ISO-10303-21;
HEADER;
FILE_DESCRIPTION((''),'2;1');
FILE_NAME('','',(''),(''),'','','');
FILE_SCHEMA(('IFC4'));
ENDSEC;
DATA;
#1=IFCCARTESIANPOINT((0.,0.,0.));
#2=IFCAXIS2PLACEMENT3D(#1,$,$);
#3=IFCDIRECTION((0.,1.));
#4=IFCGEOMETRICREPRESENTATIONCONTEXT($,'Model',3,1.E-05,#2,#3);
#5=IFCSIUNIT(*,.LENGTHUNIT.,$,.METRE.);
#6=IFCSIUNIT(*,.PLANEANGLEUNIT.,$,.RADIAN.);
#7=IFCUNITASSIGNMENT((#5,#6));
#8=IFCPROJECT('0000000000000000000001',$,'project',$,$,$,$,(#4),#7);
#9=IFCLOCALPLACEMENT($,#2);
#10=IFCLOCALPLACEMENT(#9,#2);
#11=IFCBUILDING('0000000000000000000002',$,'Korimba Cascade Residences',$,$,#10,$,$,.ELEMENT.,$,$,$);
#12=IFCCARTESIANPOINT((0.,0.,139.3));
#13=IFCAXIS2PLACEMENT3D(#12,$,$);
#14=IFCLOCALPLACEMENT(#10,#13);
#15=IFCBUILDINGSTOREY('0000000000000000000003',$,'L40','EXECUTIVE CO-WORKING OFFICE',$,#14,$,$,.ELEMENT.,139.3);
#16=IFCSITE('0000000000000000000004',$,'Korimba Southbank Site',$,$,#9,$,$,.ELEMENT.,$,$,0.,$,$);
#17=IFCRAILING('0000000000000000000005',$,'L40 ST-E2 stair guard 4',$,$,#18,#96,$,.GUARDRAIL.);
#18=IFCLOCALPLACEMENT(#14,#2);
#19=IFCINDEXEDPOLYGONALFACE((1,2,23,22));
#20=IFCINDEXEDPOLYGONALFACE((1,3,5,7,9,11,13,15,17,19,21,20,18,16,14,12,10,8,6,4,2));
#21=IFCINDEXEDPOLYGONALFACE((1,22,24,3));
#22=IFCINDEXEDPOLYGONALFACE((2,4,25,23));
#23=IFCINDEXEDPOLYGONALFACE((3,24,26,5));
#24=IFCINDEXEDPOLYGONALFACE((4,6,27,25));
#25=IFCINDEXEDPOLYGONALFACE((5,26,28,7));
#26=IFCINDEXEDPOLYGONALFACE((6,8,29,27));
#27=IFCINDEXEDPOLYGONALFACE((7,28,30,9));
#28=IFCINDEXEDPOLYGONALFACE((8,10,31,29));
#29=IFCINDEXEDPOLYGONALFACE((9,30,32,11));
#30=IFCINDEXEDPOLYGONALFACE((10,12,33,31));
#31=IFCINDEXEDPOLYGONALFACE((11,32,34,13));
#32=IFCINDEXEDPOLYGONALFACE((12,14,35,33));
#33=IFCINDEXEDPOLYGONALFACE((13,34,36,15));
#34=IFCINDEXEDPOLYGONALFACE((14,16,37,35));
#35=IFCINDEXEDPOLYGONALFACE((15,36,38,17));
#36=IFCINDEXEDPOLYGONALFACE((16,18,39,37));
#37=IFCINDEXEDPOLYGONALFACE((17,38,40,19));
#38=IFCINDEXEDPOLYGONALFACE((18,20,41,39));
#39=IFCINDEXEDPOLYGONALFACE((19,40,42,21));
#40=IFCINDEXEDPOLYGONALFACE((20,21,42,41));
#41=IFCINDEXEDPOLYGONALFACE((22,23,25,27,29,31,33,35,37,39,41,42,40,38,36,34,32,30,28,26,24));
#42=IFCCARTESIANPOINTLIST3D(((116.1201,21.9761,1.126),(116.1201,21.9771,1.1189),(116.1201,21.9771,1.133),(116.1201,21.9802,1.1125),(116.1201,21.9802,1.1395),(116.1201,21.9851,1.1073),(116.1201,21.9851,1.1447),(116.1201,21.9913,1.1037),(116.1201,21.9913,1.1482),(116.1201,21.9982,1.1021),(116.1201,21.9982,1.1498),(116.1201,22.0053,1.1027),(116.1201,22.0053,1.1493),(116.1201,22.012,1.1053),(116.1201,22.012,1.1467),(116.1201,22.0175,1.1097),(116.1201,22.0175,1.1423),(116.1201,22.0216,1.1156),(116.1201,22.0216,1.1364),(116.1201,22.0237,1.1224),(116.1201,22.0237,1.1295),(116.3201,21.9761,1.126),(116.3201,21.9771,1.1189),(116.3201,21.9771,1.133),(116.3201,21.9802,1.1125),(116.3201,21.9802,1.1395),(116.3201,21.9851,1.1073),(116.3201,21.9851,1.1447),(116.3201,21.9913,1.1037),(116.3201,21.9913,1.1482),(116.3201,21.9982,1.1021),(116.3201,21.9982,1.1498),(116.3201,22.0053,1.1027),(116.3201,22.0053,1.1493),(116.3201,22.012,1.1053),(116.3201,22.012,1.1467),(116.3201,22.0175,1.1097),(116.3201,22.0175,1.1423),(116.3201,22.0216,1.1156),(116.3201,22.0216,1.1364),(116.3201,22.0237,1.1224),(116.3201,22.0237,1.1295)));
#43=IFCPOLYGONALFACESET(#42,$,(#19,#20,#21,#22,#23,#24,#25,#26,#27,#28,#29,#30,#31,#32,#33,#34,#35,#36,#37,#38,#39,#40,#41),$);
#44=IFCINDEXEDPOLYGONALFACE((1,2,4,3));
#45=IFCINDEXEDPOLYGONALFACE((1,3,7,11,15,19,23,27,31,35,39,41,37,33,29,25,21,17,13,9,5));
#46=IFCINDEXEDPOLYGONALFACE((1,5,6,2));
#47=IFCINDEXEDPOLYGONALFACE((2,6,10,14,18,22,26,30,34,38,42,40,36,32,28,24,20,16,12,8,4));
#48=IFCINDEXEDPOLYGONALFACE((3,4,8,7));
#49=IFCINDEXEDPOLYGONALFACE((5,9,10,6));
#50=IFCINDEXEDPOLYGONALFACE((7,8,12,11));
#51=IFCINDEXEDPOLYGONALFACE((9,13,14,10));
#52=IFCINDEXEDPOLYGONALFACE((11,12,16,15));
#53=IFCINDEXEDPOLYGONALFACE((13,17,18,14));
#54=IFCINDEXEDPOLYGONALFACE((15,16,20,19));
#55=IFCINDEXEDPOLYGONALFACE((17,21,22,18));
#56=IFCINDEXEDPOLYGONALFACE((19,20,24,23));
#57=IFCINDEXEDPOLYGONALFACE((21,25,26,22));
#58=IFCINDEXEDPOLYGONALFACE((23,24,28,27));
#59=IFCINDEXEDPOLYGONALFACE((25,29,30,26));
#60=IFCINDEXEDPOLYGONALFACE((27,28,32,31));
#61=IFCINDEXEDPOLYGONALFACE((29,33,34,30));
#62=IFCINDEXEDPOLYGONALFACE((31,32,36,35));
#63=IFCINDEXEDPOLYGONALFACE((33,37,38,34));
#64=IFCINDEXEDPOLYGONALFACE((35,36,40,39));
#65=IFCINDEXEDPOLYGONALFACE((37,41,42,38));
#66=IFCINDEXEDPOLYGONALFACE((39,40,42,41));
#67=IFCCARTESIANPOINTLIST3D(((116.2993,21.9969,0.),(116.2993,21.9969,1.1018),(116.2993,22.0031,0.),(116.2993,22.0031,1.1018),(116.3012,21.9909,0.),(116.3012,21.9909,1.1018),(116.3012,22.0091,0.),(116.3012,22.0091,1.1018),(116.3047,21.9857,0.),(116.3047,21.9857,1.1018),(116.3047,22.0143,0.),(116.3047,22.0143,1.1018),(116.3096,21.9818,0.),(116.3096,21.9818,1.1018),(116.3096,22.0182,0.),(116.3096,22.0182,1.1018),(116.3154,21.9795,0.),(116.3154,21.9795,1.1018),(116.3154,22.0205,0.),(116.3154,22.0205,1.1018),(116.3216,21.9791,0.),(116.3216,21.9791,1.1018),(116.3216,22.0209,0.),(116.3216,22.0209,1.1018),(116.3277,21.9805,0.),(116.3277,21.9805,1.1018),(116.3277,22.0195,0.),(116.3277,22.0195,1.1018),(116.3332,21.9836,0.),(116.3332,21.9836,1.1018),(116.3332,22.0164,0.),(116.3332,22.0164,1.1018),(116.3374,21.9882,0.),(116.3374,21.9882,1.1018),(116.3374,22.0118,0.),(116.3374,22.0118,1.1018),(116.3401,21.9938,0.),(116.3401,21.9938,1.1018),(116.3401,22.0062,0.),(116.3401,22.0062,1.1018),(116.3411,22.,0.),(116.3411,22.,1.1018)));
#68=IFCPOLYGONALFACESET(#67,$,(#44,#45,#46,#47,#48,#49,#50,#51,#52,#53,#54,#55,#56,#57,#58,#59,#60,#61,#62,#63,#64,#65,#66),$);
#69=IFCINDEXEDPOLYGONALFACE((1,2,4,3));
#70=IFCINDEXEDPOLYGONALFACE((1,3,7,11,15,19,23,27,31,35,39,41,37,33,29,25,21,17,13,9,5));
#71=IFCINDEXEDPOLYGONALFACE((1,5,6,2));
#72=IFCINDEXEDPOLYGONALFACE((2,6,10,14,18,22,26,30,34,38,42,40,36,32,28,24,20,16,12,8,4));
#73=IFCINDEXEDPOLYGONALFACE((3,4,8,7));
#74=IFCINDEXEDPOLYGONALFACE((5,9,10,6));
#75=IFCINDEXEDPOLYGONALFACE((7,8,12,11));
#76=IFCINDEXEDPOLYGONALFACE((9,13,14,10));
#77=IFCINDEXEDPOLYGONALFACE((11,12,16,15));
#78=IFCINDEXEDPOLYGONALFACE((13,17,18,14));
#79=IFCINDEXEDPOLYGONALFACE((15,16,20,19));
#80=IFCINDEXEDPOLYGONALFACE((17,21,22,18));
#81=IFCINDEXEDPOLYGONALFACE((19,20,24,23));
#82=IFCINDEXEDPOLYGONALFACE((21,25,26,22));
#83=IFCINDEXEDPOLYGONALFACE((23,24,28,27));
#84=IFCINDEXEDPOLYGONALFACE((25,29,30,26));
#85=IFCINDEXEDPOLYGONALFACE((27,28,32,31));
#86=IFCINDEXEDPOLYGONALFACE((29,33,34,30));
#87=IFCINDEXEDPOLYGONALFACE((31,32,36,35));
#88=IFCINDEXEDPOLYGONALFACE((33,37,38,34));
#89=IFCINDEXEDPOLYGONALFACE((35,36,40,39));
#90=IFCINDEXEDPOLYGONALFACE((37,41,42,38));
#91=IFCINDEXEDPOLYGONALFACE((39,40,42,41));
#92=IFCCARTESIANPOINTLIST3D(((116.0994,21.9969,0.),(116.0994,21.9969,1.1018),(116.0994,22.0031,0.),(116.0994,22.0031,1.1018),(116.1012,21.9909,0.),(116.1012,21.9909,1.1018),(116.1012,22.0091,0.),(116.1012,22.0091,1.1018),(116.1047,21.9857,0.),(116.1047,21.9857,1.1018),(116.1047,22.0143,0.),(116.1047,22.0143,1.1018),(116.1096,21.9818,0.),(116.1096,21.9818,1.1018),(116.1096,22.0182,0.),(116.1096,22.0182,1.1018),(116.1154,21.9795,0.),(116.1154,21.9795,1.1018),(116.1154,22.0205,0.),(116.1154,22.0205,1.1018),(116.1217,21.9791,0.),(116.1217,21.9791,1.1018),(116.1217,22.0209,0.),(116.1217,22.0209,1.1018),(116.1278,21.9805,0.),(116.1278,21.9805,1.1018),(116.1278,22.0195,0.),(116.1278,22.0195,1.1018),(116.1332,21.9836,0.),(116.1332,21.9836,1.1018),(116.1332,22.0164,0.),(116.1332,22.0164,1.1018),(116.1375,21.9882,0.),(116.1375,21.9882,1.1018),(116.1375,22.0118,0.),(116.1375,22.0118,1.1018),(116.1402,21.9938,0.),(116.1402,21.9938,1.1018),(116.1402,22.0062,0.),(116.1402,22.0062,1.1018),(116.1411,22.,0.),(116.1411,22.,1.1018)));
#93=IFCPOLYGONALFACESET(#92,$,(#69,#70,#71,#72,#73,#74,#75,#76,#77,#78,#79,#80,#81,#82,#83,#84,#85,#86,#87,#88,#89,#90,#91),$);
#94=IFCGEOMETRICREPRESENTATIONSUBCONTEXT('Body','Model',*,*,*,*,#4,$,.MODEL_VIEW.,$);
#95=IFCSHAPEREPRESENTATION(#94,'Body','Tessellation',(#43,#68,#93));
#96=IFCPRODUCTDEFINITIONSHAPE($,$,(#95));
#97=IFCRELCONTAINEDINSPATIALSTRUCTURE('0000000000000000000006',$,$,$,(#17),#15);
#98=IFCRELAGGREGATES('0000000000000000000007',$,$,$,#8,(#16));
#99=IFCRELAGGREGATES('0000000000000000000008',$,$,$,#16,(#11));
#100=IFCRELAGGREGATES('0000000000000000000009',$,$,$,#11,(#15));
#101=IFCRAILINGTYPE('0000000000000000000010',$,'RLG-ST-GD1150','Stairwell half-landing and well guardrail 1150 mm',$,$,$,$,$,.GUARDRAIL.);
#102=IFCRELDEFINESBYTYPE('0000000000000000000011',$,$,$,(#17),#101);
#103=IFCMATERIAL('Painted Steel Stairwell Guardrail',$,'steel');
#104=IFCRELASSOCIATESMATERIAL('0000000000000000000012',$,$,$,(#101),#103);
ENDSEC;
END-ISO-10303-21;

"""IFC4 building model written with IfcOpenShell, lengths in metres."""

from ifc_helpers import new_model, si_unit, direction, frame, origin, origin_2d, place, context, subcontext, project, spatial, circle, extrude, material, type_object, element, save


model = new_model("IFC4")

# Units and contexts
model_context = context("Model", 3, precision=1e-05, world=origin(), true_north=direction((0.0, 1.0)))
body_context = subcontext(model_context, "Body", "Model", "MODEL_VIEW")
ifc_project = project(units=[si_unit("LENGTHUNIT", "METRE"), si_unit("PLANEANGLEUNIT", "RADIAN")], contexts=[model_context])

# Site, building, storey
site_placement = place(None, origin())
site = spatial("IfcSite", under=ifc_project, at=site_placement, Name="Korimba Southbank Site", CompositionType="ELEMENT", RefElevation=0.0)
building_placement = place(site_placement, origin())
building = spatial("IfcBuilding", under=site, at=building_placement, Name="Korimba Cascade Residences", CompositionType="ELEMENT")
storey_placement = place(building_placement, frame((0.0, 0.0, 139.3)))
storey = spatial("IfcBuildingStorey", under=building, at=storey_placement, Name="L40", Description="EXECUTIVE CO-WORKING OFFICE", CompositionType="ELEMENT", Elevation=139.3)

# Railing
ifc_material_1 = material(Name="Painted Steel Stairwell Guardrail", Category="steel")
railing_type_1 = type_object("IfcRailingType", Name="RLG-ST-GD1150", Description="Stairwell half-landing and well guardrail 1150 mm", PredefinedType="GUARDRAIL", material=ifc_material_1)
railing_1_placement = place(storey_placement, frame((116.3201, 22.0, 0.0)))
element("IfcRailing", 1, at=railing_1_placement, inside=storey, type_object=railing_type_1, Name="L40 ST-E2 stair guard 4", PredefinedType="GUARDRAIL", context=body_context, shape_type="SweptSolid", body=[
    extrude(circle(Radius=0.0239, at=origin_2d()), frame((0.0, 0.0, 1.126), z_axis=(-1.0, 0.0, 0.0), x_axis=(0.0, -1.0, 0.0)), (0.0, 0.0, 1.0), 0.2),
    extrude(circle(Radius=0.021, at=origin_2d()), origin(), (0.0, 0.0, 1.0), 1.1018),
    extrude(circle(Radius=0.021, at=origin_2d()), frame((-0.2, 0.0, 0.0)), (0.0, 0.0, 1.0), 1.1018),
])

save(model, "model.ifc")
